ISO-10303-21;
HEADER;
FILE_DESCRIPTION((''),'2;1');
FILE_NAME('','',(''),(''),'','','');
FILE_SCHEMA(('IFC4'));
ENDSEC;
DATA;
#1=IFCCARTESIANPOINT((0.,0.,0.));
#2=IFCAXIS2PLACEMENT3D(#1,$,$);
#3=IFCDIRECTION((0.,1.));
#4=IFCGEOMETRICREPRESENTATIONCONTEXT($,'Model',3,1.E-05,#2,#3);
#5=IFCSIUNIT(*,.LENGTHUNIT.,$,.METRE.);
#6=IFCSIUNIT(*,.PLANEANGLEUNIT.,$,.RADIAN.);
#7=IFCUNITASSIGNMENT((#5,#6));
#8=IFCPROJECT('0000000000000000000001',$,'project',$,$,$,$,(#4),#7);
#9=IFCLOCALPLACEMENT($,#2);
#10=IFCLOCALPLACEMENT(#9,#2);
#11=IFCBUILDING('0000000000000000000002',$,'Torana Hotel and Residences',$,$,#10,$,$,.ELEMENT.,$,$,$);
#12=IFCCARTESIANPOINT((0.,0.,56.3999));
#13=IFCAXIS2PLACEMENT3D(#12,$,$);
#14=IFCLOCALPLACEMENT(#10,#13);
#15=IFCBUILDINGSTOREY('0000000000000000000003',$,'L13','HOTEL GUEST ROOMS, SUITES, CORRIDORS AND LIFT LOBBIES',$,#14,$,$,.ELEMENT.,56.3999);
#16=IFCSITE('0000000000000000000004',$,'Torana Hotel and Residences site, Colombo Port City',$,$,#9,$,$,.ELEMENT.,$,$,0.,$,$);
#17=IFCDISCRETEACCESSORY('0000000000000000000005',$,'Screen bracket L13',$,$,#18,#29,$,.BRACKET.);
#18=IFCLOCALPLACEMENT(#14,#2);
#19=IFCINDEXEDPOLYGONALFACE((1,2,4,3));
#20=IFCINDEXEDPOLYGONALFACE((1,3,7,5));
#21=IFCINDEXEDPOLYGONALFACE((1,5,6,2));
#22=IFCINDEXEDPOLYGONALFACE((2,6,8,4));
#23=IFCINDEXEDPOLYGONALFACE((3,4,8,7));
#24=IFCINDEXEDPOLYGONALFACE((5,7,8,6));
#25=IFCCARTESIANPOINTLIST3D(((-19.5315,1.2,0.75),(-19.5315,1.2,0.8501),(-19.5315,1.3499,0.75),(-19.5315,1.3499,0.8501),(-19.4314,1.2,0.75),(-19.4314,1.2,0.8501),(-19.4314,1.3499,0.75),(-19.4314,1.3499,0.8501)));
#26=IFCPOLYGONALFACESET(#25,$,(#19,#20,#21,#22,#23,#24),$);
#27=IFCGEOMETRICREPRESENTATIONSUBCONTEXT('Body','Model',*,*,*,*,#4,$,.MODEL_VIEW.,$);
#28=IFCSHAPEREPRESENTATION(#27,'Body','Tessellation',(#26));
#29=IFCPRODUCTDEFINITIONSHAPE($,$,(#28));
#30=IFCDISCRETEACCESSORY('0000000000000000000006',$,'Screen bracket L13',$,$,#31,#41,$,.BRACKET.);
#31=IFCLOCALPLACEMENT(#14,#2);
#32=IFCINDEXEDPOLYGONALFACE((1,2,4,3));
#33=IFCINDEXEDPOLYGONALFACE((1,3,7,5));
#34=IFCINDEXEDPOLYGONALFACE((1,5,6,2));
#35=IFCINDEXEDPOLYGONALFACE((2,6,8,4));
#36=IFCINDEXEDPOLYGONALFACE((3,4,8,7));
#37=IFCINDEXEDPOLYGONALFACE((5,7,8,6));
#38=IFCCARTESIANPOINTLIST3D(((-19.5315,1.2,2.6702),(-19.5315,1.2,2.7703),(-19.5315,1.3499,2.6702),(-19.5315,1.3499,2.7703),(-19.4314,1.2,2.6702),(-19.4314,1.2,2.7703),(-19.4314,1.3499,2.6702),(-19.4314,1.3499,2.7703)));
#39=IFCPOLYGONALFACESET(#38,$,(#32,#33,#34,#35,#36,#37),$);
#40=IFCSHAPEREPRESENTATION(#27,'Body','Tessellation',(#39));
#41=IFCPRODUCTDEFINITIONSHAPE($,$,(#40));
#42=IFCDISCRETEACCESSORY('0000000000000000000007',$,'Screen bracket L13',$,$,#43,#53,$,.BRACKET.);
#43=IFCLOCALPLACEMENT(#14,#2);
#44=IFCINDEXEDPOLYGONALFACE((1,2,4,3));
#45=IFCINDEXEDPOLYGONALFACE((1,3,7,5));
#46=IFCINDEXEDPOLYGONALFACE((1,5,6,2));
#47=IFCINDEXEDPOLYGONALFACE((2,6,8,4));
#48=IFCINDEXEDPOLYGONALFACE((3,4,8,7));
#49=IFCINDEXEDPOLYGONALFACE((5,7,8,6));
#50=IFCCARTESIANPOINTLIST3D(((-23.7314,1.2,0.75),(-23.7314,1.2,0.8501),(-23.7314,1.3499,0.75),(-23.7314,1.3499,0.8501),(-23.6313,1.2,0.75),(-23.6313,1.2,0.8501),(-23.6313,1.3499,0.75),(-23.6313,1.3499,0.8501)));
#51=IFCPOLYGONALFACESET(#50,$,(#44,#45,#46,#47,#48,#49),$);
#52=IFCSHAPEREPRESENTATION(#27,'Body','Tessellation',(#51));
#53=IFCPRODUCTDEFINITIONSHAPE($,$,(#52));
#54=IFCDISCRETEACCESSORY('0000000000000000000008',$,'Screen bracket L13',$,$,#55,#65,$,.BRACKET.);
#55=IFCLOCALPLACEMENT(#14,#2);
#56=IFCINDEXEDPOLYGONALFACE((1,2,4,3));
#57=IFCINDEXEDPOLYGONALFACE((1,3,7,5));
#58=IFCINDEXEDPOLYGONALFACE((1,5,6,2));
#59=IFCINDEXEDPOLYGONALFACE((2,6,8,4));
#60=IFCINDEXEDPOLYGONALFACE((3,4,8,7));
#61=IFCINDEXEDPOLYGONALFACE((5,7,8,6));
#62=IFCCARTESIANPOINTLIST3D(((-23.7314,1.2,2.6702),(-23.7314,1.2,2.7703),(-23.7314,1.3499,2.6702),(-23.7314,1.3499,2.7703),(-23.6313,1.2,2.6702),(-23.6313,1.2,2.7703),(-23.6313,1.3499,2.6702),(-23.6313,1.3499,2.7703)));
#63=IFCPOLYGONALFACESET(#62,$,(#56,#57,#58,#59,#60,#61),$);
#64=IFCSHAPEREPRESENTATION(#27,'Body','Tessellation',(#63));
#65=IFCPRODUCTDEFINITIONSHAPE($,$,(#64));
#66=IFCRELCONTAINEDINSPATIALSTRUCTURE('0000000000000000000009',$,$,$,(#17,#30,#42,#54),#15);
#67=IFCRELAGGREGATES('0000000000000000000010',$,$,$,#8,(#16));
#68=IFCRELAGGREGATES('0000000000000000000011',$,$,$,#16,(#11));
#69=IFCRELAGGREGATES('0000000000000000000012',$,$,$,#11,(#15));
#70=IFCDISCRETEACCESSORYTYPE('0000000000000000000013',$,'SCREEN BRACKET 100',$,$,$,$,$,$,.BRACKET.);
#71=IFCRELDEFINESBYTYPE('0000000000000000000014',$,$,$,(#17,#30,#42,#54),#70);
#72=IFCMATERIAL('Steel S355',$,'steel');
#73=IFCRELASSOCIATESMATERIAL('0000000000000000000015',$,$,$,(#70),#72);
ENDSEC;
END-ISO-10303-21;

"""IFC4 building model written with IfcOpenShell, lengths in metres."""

from ifc_helpers import new_model, si_unit, direction, frame, origin, origin_2d, place, context, subcontext, project, spatial, rectangle, extrude, material, type_object, element, save


model = new_model("IFC4")

# Units and contexts
model_context = context("Model", 3, precision=1e-05, world=origin(), true_north=direction((0.0, 1.0)))
body_context = subcontext(model_context, "Body", "Model", "MODEL_VIEW")
ifc_project = project(units=[si_unit("LENGTHUNIT", "METRE"), si_unit("PLANEANGLEUNIT", "RADIAN")], contexts=[model_context])

# Site, building, storey
site_placement = place(None, origin())
site = spatial("IfcSite", under=ifc_project, at=site_placement, Name="Torana Hotel and Residences site, Colombo Port City", CompositionType="ELEMENT", RefElevation=0.0)
building_placement = place(site_placement, origin())
building = spatial("IfcBuilding", under=site, at=building_placement, Name="Torana Hotel and Residences", CompositionType="ELEMENT")
storey_placement = place(building_placement, frame((0.0, 0.0, 56.3999)))
storey = spatial("IfcBuildingStorey", under=building, at=storey_placement, Name="L13", Description="HOTEL GUEST ROOMS, SUITES, CORRIDORS AND LIFT LOBBIES", CompositionType="ELEMENT", Elevation=56.3999)

# Discrete accessories
ifc_material_1 = material(Name="Steel S355", Category="steel")
discrete_accessory_type = type_object("IfcDiscreteAccessoryType", Name="SCREEN BRACKET 100", PredefinedType="BRACKET", material=ifc_material_1)
for number, where, z_axis, x_axis, name in (
    (1, (-19.4814, 1.2749, 0.75), (0.0, 0.0, 1.0), (-1.0, 0.0, 0.0), "Screen bracket L13"),
    (2, (-19.4814, 1.2749, 2.6702), (0.0, 0.0, 1.0), (-1.0, 0.0, 0.0), "Screen bracket L13"),
    (3, (-23.6814, 1.2749, 0.75), (0.0, 0.0, 1.0), (-1.0, 0.0, 0.0), "Screen bracket L13"),
    (4, (-23.6814, 1.2749, 2.6702), (0.0, 0.0, 1.0), (-1.0, 0.0, 0.0), "Screen bracket L13"),
):
    element("IfcDiscreteAccessory", number, at=place(storey_placement, frame(where, z_axis=z_axis, x_axis=x_axis)), inside=storey, type_object=discrete_accessory_type, Name=name, PredefinedType="BRACKET", context=body_context, shape_type="SweptSolid", body=[
        extrude(rectangle(XDim=0.1001, YDim=0.1499, at=origin_2d()), origin(), (0.0, 0.0, 1.0), 0.1001),
    ])

save(model, "model.ifc")
